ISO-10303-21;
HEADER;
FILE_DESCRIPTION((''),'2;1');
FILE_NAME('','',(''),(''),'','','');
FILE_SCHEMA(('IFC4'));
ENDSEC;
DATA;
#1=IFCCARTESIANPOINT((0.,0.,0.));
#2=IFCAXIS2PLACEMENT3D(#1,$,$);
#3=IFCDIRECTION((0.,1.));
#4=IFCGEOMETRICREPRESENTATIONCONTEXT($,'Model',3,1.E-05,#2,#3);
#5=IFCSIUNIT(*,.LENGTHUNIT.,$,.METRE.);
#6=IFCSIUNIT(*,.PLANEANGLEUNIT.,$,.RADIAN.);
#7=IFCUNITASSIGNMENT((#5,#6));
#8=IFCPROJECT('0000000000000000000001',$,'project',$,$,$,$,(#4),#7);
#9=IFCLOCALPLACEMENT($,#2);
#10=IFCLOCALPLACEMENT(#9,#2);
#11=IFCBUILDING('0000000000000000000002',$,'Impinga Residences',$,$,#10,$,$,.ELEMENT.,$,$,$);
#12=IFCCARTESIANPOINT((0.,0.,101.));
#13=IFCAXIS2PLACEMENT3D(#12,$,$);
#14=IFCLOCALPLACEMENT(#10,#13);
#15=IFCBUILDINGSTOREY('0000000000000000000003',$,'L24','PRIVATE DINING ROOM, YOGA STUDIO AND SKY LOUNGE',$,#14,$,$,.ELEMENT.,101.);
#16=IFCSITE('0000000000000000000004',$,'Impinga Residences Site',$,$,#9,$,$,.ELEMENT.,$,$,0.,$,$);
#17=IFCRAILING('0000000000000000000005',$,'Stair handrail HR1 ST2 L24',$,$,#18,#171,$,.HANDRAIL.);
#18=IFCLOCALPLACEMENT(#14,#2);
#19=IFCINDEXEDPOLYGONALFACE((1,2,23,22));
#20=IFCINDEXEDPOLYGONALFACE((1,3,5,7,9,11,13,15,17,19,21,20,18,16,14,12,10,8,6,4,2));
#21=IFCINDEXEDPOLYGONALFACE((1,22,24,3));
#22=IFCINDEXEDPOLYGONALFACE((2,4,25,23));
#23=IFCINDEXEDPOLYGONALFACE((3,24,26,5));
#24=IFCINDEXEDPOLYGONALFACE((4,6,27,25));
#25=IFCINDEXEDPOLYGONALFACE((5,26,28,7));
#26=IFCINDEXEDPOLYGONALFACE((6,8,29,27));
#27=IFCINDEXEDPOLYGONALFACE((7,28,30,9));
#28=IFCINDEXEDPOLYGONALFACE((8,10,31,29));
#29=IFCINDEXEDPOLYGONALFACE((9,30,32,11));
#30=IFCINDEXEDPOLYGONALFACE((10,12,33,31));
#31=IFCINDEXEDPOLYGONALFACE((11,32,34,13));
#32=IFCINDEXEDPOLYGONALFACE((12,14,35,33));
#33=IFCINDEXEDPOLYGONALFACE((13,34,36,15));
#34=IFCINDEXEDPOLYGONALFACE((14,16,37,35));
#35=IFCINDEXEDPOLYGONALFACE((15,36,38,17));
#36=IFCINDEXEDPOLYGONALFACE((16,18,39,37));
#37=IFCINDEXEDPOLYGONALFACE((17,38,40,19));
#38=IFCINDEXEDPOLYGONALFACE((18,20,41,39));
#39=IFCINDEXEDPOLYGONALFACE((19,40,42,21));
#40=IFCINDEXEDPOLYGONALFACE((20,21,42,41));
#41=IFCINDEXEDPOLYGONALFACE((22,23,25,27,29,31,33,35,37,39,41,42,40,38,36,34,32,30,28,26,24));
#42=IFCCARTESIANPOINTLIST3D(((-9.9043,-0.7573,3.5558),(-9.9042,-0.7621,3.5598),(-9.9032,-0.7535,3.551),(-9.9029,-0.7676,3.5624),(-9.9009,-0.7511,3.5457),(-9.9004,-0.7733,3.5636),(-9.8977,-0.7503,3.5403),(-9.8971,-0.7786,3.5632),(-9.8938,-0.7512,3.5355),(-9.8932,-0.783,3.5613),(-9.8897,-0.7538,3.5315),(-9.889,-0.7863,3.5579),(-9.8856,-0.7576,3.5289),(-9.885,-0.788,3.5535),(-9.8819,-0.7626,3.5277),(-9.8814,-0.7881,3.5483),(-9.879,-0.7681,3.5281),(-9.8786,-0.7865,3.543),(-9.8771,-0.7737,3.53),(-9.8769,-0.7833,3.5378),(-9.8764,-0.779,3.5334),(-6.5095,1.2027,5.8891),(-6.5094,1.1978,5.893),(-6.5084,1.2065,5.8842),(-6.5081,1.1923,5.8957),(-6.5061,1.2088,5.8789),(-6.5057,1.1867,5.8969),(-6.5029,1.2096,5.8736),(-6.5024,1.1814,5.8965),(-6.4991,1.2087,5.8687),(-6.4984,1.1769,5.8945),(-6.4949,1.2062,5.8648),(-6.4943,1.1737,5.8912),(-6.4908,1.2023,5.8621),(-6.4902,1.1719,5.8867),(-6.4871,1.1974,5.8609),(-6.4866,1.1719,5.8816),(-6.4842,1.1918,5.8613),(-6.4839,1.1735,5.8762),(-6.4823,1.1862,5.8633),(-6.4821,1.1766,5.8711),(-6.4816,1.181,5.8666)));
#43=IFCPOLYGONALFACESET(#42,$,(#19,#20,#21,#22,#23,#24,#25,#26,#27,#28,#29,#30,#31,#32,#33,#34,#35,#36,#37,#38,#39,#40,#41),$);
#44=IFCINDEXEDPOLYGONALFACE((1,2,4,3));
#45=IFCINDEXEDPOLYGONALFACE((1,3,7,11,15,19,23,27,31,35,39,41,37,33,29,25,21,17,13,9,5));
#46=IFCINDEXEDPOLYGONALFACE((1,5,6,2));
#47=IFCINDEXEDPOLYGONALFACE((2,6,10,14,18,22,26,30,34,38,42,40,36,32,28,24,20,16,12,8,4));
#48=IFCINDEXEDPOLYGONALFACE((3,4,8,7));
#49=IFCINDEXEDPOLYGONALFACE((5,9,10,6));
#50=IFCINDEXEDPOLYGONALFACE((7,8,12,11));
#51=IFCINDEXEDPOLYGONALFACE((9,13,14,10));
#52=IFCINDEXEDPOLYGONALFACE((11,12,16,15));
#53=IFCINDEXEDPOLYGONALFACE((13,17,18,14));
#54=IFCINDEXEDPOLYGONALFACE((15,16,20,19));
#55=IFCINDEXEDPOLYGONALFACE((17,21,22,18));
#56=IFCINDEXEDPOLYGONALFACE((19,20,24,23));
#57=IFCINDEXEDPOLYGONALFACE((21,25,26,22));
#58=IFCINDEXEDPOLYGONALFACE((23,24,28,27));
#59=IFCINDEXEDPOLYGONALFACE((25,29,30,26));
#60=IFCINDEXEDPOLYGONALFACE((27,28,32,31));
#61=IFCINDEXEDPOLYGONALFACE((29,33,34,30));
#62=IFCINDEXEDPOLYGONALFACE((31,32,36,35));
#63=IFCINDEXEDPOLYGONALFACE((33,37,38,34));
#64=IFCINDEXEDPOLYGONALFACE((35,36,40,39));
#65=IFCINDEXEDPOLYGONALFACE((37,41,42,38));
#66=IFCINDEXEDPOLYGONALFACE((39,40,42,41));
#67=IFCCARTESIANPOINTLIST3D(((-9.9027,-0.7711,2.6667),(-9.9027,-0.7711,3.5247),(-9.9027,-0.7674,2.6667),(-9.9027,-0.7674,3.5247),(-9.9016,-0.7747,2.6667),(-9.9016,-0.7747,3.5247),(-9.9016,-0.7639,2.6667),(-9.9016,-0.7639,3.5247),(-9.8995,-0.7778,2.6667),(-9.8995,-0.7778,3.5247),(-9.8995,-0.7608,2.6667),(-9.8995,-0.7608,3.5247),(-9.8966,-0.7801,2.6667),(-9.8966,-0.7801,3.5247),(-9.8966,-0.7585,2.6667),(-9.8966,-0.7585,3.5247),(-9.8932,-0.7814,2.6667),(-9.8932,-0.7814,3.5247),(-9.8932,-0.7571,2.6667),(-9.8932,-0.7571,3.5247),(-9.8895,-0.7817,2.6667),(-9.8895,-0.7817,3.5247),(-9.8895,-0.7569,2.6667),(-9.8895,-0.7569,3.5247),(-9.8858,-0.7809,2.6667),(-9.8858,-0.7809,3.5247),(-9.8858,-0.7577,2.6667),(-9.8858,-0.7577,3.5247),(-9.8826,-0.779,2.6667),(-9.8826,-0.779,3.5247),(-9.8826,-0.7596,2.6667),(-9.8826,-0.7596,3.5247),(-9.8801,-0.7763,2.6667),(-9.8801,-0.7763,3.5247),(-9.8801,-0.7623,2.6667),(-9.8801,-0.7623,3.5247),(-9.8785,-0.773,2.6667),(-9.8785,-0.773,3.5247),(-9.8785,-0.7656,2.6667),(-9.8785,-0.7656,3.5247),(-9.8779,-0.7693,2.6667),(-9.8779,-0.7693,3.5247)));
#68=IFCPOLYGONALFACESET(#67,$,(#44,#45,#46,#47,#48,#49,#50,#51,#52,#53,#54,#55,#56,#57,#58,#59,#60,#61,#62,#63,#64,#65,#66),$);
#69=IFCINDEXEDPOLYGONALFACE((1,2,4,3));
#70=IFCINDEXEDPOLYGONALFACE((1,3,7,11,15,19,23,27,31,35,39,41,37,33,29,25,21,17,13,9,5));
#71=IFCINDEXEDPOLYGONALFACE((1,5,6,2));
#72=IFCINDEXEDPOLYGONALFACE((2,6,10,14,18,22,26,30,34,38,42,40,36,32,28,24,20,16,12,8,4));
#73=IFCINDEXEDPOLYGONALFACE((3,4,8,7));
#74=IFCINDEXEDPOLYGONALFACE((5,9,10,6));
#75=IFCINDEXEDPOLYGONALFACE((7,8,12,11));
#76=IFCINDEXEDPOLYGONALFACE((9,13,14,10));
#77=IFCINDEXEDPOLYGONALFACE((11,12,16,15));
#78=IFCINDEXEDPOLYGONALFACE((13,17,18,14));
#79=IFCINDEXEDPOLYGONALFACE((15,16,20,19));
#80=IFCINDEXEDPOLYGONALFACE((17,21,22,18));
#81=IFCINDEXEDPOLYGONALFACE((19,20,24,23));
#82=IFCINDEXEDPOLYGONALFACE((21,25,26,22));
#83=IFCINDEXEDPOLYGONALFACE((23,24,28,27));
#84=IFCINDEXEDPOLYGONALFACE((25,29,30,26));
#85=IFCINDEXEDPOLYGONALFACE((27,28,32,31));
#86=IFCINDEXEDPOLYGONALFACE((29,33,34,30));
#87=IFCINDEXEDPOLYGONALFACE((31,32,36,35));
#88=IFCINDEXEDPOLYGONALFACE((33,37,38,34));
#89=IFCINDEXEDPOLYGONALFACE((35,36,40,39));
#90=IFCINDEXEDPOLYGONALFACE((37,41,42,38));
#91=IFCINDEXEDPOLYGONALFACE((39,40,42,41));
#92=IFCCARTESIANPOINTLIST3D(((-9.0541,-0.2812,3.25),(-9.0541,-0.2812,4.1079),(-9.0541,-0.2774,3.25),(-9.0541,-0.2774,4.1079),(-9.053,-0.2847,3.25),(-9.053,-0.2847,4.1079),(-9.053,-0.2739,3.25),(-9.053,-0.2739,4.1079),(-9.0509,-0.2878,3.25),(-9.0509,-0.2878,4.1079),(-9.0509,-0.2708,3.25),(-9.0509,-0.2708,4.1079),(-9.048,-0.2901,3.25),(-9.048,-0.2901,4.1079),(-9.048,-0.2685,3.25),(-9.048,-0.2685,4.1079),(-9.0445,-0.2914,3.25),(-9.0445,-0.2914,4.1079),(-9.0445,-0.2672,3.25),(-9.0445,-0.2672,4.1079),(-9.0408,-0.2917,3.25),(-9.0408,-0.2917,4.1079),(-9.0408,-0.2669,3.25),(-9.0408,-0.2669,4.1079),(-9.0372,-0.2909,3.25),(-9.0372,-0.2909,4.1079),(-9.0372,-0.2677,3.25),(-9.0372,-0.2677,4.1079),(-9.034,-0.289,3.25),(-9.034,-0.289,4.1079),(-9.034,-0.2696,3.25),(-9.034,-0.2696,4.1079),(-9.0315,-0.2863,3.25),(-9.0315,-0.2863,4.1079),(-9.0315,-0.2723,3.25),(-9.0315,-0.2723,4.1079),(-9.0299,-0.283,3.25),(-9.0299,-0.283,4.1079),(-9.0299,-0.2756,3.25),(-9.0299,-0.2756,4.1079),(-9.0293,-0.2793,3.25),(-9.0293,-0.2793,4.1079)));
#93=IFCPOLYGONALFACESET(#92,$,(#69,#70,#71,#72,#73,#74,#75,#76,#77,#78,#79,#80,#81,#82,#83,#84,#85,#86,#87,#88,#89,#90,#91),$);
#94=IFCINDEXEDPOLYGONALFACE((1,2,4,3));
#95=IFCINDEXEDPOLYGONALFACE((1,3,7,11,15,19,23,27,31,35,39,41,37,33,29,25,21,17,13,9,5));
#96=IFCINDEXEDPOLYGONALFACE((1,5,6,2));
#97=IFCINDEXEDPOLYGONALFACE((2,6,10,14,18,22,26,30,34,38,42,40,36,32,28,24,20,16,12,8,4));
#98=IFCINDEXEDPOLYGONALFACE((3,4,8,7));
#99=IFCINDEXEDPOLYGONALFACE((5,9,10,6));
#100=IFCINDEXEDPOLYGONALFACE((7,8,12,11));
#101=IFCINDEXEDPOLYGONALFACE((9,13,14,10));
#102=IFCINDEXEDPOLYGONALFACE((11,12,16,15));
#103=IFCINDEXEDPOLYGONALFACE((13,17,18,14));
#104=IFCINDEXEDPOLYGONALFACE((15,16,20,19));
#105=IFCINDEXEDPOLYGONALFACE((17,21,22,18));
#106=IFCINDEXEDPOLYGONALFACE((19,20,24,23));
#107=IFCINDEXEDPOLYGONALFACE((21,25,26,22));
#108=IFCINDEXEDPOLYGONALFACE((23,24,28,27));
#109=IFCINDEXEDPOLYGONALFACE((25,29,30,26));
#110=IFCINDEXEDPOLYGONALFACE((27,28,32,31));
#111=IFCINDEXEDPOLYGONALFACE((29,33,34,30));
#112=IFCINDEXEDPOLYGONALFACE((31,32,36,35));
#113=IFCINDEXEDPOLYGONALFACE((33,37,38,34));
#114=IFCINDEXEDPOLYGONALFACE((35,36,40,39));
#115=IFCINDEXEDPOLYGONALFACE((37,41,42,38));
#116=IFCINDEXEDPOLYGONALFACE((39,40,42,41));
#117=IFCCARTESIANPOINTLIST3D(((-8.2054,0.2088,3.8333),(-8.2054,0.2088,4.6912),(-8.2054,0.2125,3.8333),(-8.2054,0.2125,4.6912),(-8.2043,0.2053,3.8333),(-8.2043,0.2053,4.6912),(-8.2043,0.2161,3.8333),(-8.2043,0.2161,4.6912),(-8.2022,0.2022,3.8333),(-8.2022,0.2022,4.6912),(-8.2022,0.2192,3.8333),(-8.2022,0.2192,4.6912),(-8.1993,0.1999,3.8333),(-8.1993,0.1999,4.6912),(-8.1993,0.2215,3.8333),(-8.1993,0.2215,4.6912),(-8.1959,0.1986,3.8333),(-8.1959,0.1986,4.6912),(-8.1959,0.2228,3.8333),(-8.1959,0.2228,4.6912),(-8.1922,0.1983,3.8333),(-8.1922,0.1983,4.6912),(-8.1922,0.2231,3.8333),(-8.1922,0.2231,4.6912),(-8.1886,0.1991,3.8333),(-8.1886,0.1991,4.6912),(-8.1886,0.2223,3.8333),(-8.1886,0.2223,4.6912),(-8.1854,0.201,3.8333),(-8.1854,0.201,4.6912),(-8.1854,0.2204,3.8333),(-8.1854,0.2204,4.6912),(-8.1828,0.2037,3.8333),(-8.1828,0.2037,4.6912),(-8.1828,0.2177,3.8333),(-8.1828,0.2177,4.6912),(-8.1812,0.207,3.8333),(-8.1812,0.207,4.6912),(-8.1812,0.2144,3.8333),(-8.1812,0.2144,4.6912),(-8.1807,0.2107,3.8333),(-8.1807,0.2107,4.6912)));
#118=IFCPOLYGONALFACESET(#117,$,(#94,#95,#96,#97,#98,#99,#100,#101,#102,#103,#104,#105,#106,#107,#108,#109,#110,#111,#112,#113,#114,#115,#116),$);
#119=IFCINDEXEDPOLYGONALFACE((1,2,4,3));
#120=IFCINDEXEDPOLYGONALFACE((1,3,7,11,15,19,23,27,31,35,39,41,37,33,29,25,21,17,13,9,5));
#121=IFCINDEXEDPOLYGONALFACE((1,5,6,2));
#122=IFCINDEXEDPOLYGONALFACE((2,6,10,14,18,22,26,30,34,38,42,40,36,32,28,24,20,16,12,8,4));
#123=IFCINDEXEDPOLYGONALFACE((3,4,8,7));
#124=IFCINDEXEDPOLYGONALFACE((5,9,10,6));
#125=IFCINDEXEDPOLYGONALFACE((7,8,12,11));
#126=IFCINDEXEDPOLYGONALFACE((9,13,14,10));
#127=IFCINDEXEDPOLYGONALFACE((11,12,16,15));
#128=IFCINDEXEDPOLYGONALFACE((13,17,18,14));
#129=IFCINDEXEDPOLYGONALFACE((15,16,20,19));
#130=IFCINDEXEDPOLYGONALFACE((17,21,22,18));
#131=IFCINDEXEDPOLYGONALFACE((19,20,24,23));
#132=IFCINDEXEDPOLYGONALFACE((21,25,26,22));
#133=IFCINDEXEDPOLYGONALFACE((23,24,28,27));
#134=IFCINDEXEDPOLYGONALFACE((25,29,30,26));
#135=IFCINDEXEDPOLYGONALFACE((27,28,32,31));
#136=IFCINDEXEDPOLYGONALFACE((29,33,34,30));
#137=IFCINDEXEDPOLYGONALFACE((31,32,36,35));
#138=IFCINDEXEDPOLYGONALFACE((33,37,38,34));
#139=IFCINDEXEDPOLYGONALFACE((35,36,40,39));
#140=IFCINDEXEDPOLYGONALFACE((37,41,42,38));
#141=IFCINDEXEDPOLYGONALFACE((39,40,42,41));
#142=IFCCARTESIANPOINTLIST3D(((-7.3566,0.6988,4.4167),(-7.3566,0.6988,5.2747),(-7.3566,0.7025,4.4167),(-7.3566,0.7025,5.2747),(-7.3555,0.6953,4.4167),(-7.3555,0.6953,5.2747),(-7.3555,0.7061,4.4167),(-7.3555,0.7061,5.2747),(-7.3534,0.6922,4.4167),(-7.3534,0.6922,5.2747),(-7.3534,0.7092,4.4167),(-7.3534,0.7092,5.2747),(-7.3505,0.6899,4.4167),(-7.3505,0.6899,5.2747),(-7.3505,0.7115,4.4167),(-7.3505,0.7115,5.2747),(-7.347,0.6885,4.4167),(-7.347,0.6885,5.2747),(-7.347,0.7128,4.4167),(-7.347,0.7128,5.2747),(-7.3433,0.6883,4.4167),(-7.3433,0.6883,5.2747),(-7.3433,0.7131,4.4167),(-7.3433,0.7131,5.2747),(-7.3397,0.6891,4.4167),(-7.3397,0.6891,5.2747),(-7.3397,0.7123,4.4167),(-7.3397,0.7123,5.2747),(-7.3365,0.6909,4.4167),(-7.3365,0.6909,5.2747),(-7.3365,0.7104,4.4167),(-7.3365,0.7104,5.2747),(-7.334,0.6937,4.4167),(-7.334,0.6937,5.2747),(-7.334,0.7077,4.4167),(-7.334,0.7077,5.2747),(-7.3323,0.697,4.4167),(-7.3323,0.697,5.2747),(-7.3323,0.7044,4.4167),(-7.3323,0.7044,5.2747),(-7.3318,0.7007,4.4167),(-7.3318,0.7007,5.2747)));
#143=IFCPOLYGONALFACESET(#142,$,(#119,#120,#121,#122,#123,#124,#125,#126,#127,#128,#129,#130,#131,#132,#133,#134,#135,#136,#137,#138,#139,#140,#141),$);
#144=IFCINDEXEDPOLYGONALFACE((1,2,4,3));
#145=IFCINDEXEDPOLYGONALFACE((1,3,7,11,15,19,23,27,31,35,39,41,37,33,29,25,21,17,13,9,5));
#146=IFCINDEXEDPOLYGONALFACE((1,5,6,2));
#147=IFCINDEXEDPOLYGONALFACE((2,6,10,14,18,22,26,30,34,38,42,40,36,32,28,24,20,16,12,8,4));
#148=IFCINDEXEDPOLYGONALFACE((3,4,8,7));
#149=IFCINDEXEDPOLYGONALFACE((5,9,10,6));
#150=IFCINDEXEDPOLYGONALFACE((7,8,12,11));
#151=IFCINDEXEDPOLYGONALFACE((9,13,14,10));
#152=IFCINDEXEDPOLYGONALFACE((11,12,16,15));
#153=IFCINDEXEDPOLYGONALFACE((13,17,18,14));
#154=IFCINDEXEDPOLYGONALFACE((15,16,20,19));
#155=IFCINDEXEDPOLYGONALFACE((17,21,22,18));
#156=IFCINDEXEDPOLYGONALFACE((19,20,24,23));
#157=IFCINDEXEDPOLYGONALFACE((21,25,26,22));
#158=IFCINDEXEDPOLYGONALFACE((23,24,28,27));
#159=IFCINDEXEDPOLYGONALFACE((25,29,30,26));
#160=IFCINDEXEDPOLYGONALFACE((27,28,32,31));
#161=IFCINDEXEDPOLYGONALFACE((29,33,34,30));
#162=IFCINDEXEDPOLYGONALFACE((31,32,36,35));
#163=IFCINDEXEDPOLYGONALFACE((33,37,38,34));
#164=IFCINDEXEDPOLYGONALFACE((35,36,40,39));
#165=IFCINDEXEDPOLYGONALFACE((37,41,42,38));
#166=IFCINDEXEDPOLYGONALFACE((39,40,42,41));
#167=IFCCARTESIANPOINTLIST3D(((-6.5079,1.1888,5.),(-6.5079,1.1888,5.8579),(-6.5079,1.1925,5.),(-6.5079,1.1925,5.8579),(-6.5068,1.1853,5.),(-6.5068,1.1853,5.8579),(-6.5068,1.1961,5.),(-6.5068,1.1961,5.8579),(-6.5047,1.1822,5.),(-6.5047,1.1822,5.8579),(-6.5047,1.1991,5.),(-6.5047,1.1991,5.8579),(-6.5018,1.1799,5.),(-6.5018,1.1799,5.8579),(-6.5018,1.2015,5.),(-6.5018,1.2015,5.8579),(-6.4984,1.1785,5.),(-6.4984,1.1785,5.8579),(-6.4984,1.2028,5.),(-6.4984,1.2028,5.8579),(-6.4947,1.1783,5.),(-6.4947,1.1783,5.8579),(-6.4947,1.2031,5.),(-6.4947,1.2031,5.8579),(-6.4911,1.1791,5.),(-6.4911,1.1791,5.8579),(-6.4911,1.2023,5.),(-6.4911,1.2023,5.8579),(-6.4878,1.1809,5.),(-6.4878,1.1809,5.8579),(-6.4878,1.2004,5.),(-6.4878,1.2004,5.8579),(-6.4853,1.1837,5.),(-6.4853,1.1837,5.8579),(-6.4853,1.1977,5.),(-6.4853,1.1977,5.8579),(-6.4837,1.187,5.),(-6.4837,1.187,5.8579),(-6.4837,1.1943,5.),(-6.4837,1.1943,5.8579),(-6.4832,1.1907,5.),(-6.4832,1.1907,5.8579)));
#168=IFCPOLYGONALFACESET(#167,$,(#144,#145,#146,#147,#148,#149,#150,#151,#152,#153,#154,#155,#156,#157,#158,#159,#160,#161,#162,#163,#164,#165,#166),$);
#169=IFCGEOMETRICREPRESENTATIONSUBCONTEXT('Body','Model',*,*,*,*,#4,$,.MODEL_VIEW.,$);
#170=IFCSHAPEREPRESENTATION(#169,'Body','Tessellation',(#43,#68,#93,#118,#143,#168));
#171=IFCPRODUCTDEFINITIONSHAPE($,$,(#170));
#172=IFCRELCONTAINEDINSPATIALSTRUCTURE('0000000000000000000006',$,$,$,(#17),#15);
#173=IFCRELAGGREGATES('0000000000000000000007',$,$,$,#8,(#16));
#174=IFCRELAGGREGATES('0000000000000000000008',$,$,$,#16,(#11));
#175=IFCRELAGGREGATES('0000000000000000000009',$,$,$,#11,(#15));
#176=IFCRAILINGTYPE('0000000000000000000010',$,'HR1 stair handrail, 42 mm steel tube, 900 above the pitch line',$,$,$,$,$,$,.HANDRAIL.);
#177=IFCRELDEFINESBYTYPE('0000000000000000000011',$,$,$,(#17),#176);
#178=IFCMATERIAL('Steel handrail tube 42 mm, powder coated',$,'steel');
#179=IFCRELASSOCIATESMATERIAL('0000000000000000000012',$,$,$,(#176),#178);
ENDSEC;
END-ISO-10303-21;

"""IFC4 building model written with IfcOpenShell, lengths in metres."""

from ifc_helpers import new_model, si_unit, direction, frame, origin, origin_2d, place, context, subcontext, project, spatial, circle, extrude, material, type_object, element, save


model = new_model("IFC4")

# Units and contexts
model_context = context("Model", 3, precision=1e-05, world=origin(), true_north=direction((0.0, 1.0)))
body_context = subcontext(model_context, "Body", "Model", "MODEL_VIEW")
ifc_project = project(units=[si_unit("LENGTHUNIT", "METRE"), si_unit("PLANEANGLEUNIT", "RADIAN")], contexts=[model_context])

# Site, building, storey
site_placement = place(None, origin())
site = spatial("IfcSite", under=ifc_project, at=site_placement, Name="Impinga Residences Site", CompositionType="ELEMENT", RefElevation=0.0)
building_placement = place(site_placement, origin())
building = spatial("IfcBuilding", under=site, at=building_placement, Name="Impinga Residences", CompositionType="ELEMENT")
storey_placement = place(building_placement, frame((0.0, 0.0, 101.0)))
storey = spatial("IfcBuildingStorey", under=building, at=storey_placement, Name="L24", Description="PRIVATE DINING ROOM, YOGA STUDIO AND SKY LOUNGE", CompositionType="ELEMENT", Elevation=101.0)

# Railing
ifc_material_1 = material(Name="Steel handrail tube 42 mm, powder coated", Category="steel")
railing_type_1 = type_object("IfcRailingType", Name="HR1 stair handrail, 42 mm steel tube, 900 above the pitch line", PredefinedType="HANDRAIL", material=ifc_material_1)
railing_1_placement = place(storey_placement, frame((-9.8904, -0.7693, 2.6667)))
element("IfcRailing", 1, at=railing_1_placement, inside=storey, type_object=railing_type_1, Name="Stair handrail HR1 ST2 L24", PredefinedType="HANDRAIL", context=body_context, shape_type="SweptSolid", body=[
    extrude(circle(Radius=0.021, at=origin_2d()), frame((0.0, 0.0, 0.8789), z_axis=(0.744175, 0.429646, 0.511476), x_axis=(-0.499997, 0.866027, 0.0)), (0.0, 0.0, 1.0), 4.5618),
    extrude(circle(Radius=0.0125, at=origin_2d()), origin(), (0.0, 0.0, 1.0), 0.8579),
    extrude(circle(Radius=0.0125, at=origin_2d()), frame((0.8486, 0.49, 0.5833)), (0.0, 0.0, 1.0), 0.8579),
    extrude(circle(Radius=0.0125, at=origin_2d()), frame((1.6973, 0.98, 1.1665)), (0.0, 0.0, 1.0), 0.8579),
    extrude(circle(Radius=0.0125, at=origin_2d()), frame((2.5461, 1.47, 1.75)), (0.0, 0.0, 1.0), 0.8579),
    extrude(circle(Radius=0.0125, at=origin_2d()), frame((3.3948, 1.96, 2.3333)), (0.0, 0.0, 1.0), 0.8579),
])

save(model, "model.ifc")
